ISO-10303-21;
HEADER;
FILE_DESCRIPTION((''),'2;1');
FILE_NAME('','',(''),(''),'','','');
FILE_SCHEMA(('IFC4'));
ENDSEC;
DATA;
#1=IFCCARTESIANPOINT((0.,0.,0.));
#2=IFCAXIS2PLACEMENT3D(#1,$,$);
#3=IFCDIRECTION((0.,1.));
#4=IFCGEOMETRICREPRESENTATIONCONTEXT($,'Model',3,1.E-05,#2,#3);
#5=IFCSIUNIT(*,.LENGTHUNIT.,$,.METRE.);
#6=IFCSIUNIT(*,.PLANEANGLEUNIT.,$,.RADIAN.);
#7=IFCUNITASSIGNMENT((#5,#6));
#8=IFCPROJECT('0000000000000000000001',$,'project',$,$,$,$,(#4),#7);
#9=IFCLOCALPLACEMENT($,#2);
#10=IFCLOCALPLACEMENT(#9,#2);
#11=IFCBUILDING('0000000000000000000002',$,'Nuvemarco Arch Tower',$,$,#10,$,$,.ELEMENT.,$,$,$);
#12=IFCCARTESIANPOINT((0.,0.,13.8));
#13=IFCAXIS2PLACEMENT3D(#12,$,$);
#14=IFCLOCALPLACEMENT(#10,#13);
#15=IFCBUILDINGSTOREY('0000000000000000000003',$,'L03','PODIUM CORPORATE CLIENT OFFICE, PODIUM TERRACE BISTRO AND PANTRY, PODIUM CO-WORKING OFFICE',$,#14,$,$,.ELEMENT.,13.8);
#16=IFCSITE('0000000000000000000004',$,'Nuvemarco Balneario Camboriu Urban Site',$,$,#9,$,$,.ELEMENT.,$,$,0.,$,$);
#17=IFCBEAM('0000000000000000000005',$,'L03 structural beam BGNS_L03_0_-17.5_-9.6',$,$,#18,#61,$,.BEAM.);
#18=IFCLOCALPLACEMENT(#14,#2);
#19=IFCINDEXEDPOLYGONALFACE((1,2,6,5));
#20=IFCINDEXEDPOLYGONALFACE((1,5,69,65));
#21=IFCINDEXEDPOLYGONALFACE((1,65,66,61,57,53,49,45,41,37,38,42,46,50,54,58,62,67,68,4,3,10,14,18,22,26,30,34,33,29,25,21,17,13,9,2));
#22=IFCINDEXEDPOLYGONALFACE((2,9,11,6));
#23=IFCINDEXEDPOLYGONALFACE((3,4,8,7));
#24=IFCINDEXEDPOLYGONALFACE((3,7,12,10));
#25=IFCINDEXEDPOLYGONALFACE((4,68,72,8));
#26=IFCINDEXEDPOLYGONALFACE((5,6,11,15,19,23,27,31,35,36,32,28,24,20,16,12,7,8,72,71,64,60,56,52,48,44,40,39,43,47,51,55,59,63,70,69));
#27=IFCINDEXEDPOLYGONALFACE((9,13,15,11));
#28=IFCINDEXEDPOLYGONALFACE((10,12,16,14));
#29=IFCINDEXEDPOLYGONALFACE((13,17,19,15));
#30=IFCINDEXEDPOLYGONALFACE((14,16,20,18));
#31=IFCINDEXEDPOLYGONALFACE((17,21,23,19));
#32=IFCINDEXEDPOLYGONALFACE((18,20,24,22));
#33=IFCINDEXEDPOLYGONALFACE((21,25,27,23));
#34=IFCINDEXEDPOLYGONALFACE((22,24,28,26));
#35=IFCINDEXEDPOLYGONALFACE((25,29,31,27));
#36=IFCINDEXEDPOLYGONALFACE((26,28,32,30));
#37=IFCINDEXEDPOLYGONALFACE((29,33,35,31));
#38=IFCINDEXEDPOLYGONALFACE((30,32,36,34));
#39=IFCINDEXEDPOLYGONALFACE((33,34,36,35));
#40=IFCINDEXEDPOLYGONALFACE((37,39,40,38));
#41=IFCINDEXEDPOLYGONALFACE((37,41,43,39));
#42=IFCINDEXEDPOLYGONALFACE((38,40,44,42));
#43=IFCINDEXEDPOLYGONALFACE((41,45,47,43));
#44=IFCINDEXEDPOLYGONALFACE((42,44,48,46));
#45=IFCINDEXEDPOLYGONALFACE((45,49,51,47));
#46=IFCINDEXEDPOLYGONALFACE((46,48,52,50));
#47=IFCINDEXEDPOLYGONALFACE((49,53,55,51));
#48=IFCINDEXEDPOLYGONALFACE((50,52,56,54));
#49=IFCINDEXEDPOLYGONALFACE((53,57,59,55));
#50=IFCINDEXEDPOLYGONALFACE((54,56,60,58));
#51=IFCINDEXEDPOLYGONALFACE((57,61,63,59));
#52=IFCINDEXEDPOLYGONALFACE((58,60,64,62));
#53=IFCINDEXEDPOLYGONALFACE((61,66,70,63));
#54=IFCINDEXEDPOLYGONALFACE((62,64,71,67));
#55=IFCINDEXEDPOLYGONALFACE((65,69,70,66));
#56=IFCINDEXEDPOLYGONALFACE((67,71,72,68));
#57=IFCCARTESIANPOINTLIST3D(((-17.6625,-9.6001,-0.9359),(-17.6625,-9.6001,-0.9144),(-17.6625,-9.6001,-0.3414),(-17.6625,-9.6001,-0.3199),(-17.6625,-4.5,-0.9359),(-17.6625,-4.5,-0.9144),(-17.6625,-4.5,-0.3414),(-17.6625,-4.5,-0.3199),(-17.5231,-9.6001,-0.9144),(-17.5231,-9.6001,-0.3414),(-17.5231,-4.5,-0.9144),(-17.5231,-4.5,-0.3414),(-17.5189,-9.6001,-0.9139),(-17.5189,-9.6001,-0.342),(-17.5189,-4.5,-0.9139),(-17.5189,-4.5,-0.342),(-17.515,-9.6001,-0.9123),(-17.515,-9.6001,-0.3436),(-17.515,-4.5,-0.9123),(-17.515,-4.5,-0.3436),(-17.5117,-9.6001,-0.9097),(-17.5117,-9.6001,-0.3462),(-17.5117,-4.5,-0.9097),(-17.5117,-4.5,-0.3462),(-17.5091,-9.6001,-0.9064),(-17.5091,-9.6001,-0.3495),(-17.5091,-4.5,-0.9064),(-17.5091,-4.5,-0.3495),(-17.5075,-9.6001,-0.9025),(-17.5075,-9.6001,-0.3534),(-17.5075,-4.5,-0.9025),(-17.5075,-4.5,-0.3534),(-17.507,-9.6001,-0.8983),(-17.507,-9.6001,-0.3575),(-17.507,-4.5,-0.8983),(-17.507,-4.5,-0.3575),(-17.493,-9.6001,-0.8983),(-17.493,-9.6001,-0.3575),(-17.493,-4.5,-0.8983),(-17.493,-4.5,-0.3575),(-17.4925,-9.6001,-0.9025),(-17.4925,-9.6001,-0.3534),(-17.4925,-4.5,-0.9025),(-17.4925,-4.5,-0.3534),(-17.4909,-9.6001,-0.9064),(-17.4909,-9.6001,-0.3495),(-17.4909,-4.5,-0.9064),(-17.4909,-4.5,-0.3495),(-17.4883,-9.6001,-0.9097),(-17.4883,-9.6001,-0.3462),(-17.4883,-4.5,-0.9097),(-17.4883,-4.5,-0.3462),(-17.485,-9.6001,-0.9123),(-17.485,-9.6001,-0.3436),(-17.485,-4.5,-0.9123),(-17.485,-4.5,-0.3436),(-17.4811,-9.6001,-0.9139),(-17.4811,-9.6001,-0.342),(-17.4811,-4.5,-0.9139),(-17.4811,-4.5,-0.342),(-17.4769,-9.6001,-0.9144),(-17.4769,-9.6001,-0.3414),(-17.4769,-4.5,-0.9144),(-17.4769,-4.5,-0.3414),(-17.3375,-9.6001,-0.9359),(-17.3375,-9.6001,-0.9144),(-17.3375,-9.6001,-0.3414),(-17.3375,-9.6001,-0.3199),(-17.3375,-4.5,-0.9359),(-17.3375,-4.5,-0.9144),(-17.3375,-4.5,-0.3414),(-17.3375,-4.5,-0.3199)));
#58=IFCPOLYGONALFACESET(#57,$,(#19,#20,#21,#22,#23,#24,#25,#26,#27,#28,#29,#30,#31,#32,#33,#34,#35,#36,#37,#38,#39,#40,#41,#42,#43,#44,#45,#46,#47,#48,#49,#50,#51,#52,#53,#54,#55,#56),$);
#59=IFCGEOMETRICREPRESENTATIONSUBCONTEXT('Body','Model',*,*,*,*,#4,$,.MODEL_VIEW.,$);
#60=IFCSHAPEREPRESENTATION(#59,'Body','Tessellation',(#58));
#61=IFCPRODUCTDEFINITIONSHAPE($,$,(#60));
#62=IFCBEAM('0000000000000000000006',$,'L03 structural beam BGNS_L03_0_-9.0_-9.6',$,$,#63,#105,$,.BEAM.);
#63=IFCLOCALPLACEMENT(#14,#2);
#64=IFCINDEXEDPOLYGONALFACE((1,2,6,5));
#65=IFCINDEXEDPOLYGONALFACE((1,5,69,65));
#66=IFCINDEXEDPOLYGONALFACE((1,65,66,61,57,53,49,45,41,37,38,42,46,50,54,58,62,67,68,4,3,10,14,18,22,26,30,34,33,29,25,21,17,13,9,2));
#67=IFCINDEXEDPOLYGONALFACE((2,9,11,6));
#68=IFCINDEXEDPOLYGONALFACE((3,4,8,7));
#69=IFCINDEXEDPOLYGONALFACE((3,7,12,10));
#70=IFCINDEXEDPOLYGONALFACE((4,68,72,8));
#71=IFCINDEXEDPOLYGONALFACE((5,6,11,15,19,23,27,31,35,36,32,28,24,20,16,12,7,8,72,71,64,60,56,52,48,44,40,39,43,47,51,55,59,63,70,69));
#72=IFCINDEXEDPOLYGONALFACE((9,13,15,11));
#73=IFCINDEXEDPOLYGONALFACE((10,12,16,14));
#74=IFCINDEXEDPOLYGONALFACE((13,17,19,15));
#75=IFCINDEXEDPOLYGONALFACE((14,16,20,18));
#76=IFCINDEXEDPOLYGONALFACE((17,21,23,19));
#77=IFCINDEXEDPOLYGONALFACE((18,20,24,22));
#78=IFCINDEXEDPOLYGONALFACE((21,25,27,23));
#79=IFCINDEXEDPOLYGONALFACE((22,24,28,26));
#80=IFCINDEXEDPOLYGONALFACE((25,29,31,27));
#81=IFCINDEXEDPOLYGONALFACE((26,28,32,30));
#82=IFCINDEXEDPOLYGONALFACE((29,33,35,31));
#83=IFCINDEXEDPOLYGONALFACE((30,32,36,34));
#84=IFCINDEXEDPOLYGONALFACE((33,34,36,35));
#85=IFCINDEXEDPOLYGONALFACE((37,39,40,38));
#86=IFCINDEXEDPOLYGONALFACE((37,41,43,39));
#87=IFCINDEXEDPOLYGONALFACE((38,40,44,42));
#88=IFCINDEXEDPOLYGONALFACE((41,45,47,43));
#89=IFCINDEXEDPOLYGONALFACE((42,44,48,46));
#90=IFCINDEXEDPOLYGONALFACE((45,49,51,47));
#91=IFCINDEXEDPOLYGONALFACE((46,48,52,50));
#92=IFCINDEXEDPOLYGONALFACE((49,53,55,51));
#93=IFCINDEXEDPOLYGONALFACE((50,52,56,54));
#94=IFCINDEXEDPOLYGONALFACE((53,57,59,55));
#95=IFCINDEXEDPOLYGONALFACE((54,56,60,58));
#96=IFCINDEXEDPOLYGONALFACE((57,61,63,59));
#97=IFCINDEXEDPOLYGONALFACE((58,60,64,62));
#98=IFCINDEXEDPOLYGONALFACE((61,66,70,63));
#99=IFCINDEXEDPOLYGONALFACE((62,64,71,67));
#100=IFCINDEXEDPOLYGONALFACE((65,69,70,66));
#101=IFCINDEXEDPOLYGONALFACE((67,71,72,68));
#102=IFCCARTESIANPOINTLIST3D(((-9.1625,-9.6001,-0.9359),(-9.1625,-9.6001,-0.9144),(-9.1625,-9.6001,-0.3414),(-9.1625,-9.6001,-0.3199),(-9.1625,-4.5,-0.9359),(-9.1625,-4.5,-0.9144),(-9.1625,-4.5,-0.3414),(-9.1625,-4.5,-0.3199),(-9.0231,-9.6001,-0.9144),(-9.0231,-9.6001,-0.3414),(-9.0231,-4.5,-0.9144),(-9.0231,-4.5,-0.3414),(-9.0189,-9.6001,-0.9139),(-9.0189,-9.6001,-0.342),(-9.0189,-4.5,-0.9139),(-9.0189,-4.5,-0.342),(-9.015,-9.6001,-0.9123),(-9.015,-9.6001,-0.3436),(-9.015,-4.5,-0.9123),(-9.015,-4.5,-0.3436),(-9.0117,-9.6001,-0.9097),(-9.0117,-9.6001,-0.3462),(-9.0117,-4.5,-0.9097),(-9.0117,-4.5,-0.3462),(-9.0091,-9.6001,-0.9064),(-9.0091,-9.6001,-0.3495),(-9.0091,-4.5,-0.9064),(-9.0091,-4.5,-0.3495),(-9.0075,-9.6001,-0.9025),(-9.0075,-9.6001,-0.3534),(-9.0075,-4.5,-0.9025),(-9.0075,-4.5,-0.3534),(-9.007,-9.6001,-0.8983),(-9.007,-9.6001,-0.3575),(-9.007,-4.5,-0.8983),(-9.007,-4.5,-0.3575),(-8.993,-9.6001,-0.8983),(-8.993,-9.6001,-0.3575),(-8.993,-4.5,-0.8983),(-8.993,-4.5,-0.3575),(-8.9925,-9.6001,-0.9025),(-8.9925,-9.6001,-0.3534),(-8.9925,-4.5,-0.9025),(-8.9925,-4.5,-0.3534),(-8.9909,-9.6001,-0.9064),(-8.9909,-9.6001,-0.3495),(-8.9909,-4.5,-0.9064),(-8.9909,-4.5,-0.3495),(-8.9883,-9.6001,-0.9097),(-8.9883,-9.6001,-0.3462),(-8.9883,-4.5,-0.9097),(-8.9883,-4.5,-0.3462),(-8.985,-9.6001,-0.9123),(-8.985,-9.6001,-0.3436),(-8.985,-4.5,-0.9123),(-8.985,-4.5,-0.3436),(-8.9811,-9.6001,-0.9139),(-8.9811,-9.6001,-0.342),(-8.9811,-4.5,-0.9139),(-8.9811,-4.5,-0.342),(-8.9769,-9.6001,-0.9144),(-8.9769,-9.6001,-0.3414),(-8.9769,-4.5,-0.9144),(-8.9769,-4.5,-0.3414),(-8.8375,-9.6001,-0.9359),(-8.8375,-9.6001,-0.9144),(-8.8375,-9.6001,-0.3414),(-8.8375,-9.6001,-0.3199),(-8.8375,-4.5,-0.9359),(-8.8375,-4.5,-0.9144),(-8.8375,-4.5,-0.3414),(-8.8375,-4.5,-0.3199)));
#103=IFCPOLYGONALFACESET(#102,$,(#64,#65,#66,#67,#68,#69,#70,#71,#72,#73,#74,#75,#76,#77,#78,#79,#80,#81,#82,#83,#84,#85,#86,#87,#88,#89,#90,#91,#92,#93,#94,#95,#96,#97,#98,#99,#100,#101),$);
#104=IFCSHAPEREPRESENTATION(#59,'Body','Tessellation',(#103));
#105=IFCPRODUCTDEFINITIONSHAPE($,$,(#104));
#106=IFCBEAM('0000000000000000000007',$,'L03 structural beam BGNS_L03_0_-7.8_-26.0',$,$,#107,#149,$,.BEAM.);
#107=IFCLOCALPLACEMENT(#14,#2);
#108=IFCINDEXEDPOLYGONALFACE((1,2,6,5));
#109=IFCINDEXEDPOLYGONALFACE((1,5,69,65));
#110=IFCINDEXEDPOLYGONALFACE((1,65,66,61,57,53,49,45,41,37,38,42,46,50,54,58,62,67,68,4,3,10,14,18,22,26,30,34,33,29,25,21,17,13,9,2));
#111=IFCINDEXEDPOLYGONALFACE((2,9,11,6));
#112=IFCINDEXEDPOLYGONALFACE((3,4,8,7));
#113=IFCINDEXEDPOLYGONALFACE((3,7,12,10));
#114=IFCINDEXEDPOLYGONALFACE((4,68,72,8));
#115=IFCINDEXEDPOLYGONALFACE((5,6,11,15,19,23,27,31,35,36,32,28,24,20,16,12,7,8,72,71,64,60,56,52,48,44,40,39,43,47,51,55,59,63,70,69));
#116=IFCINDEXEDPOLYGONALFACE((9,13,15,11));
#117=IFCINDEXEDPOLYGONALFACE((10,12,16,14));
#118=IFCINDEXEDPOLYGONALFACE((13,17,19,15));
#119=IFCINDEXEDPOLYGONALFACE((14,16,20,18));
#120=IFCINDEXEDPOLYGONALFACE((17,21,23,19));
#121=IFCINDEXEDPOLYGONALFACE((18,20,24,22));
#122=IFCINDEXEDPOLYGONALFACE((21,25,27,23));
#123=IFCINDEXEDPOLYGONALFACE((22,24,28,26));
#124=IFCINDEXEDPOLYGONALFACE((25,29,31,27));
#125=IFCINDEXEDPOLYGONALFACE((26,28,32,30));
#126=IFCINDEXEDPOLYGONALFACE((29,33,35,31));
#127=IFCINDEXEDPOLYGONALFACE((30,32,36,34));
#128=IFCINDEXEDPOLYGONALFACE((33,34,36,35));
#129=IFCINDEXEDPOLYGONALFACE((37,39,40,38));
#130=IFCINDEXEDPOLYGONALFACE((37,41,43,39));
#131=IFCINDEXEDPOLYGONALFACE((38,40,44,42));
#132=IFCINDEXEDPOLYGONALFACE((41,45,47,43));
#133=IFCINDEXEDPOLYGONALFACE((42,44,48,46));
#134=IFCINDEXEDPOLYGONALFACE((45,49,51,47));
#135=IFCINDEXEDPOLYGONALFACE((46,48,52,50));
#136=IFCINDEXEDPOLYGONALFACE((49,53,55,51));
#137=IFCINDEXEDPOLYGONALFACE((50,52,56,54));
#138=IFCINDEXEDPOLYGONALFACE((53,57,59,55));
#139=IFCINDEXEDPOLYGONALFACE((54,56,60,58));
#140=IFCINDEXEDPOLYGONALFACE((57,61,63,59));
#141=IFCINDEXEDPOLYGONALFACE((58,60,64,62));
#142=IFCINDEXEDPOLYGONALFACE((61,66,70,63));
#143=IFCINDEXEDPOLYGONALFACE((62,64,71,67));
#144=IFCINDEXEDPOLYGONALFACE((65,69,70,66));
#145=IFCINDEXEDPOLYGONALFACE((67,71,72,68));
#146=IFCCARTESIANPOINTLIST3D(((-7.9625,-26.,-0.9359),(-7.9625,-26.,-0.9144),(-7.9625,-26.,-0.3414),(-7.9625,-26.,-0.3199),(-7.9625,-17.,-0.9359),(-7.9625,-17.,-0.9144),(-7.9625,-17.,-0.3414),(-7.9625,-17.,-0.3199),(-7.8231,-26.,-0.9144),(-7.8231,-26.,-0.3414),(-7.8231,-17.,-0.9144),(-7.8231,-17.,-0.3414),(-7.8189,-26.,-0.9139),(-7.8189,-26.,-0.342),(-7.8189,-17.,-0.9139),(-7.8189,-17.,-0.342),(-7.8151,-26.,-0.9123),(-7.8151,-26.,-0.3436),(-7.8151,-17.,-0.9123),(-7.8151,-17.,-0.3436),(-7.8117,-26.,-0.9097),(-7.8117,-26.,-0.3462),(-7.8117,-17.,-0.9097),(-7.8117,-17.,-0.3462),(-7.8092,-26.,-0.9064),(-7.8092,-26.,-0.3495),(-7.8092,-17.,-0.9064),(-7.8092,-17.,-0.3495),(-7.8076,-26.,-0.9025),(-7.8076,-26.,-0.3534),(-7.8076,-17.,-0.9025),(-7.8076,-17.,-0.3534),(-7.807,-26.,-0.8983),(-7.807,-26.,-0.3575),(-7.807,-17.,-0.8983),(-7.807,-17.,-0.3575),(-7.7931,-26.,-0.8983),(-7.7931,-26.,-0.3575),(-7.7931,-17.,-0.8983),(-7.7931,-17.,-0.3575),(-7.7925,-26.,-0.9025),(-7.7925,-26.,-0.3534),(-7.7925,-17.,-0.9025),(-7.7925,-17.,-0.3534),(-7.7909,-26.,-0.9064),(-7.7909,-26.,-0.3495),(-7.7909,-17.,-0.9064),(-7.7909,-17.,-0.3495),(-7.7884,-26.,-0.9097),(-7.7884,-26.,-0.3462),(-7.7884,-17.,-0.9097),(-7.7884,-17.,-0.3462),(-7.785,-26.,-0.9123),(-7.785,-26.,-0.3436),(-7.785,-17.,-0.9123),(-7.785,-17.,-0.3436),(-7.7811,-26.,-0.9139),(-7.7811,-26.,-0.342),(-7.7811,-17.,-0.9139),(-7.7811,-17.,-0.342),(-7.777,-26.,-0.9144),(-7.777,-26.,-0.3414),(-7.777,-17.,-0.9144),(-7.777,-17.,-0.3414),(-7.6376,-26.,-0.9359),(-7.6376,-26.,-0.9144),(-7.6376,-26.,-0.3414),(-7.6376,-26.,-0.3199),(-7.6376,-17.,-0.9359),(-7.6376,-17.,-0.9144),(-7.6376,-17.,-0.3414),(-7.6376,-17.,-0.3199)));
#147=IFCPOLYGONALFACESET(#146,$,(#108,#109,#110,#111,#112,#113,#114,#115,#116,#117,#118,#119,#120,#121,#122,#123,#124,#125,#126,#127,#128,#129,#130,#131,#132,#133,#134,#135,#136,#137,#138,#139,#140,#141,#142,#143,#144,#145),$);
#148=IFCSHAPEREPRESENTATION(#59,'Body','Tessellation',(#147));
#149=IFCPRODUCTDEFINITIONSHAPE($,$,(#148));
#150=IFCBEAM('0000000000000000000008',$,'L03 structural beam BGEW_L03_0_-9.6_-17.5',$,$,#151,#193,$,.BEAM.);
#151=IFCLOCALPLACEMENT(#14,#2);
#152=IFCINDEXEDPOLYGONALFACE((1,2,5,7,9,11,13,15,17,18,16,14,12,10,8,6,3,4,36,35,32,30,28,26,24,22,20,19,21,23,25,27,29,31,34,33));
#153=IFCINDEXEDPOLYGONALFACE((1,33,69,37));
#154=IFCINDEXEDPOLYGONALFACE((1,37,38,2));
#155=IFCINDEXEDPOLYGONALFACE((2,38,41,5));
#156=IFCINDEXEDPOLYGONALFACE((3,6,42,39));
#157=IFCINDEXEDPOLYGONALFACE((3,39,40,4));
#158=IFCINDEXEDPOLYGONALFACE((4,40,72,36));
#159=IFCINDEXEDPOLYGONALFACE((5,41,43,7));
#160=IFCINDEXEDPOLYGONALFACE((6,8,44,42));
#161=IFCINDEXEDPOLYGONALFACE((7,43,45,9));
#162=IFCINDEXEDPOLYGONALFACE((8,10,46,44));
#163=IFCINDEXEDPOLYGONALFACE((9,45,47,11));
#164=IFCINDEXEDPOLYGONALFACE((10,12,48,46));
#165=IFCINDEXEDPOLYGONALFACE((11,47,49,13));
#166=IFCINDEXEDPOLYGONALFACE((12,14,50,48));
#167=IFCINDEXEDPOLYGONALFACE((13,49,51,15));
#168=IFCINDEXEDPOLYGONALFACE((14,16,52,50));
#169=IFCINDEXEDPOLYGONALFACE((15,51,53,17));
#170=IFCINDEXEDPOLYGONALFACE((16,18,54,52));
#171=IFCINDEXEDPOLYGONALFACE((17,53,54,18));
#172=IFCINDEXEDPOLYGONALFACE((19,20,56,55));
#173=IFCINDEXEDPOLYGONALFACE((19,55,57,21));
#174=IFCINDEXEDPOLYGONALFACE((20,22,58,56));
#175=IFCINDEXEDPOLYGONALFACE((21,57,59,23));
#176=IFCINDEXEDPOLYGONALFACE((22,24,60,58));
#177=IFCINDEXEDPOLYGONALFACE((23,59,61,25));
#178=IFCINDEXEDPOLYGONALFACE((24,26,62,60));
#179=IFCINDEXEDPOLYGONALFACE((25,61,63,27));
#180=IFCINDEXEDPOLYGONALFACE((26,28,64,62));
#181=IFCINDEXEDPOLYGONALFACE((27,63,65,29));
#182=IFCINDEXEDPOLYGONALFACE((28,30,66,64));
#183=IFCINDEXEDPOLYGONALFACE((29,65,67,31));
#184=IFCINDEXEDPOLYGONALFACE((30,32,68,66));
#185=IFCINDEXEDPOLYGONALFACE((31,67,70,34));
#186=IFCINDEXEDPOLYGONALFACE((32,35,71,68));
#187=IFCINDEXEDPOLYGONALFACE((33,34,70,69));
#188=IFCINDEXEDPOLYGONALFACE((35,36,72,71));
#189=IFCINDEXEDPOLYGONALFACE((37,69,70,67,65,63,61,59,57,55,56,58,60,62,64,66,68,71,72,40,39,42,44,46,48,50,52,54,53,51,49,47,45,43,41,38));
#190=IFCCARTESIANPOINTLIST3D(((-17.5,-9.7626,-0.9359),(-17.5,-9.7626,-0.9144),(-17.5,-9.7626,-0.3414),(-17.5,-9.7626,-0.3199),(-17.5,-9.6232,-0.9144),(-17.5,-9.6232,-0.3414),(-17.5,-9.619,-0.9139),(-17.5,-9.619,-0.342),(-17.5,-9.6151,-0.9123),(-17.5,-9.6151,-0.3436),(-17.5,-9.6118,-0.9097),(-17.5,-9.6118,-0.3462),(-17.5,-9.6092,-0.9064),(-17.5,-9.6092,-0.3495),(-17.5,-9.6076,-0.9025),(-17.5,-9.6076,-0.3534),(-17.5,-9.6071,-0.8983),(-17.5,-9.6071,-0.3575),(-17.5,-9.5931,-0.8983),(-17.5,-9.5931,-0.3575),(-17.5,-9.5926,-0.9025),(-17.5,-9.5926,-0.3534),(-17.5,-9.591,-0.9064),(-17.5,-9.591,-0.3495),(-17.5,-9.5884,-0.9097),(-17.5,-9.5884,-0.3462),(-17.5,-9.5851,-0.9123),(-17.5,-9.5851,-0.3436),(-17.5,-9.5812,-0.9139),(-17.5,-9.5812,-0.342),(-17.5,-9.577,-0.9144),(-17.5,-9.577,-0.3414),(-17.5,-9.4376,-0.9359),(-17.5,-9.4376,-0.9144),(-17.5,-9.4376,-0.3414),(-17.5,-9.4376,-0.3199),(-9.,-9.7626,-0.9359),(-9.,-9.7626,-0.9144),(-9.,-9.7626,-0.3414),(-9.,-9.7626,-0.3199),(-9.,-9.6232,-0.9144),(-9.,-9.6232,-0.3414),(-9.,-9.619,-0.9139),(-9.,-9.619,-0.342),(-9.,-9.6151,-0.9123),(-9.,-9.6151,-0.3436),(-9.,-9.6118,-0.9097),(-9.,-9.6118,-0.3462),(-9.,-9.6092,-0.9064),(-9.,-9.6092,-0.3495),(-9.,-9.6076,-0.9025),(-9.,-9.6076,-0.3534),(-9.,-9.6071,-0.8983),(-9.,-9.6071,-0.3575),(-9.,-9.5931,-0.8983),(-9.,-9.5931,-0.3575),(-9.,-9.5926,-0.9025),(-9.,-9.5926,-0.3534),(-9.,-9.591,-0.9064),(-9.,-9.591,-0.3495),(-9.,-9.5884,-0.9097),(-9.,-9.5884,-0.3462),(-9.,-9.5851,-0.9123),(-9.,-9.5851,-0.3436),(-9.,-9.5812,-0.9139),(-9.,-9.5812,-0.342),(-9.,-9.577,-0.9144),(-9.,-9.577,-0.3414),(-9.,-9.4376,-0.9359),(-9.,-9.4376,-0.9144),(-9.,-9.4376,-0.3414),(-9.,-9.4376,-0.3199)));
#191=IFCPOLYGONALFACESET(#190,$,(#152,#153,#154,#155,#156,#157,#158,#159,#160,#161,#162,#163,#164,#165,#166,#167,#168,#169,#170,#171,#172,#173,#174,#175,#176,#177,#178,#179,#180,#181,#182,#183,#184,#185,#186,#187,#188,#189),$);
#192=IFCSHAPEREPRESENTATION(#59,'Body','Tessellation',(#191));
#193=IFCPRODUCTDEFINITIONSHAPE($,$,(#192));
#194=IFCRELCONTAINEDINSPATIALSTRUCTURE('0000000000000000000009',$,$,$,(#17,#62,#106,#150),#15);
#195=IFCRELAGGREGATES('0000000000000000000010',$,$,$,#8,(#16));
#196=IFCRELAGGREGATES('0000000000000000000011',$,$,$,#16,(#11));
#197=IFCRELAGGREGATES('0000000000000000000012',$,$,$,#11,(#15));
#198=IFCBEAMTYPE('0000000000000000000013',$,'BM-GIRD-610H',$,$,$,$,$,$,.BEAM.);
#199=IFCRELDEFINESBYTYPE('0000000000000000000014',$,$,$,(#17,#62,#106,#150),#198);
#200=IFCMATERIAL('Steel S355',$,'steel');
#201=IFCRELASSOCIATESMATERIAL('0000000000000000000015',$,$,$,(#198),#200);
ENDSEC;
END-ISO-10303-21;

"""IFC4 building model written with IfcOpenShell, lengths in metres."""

from ifc_helpers import new_model, si_unit, direction, frame, origin, origin_2d, place, context, subcontext, project, spatial, i_section, extrude, material, material_profile, profile_set, type_object, element, save


model = new_model("IFC4")

# Units and contexts
model_context = context("Model", 3, precision=1e-05, world=origin(), true_north=direction((0.0, 1.0)))
body_context = subcontext(model_context, "Body", "Model", "MODEL_VIEW")
ifc_project = project(units=[si_unit("LENGTHUNIT", "METRE"), si_unit("PLANEANGLEUNIT", "RADIAN")], contexts=[model_context])

# Site, building, storey
site_placement = place(None, origin())
site = spatial("IfcSite", under=ifc_project, at=site_placement, Name="Nuvemarco Balneario Camboriu Urban Site", CompositionType="ELEMENT", RefElevation=0.0)
building_placement = place(site_placement, origin())
building = spatial("IfcBuilding", under=site, at=building_placement, Name="Nuvemarco Arch Tower", CompositionType="ELEMENT")
storey_placement = place(building_placement, frame((0.0, 0.0, 13.8)))
storey = spatial("IfcBuildingStorey", under=building, at=storey_placement, Name="L03", Description="PODIUM CORPORATE CLIENT OFFICE, PODIUM TERRACE BISTRO AND PANTRY, PODIUM CO-WORKING OFFICE", CompositionType="ELEMENT", Elevation=13.8)

# Beams
ifc_material_1 = material(Name="Steel S355", Category="steel")
ifc_material_profile_1 = material_profile(ifc_material_1, i_section(OverallWidth=0.325, OverallDepth=0.616, WebThickness=0.0139, FlangeThickness=0.0215, FilletRadius=0.0161, at=origin_2d()), Name="W610x174")
ifc_profile_set_1 = profile_set([ifc_material_profile_1], Name="Steel S355")
beam_type_1 = type_object("IfcBeamType", Name="BM-GIRD-610H", PredefinedType="BEAM", material=ifc_profile_set_1)
for number, where, z_axis, x_axis, name in (
    (1, (-17.5, -9.6001, -0.6279), (0.0, 1.0, 0.0), (-1.0, 0.0, 0.0), "L03 structural beam BGNS_L03_0_-17.5_-9.6"),
    (2, (-9.0, -9.6001, -0.6279), (0.0, 1.0, 0.0), (-1.0, 0.0, 0.0), "L03 structural beam BGNS_L03_0_-9.0_-9.6"),
):
    element("IfcBeam", number, at=place(storey_placement, frame(where, z_axis=z_axis, x_axis=x_axis)), inside=storey, type_object=beam_type_1, Name=name, PredefinedType="BEAM", context=body_context, shape_type="SweptSolid", body=[
        extrude(i_section(OverallWidth=0.325, OverallDepth=0.616, WebThickness=0.0139, FlangeThickness=0.0215, FilletRadius=0.0161, at=origin_2d()), origin(), (0.0, 0.0, 1.0), 5.1001),
    ])
beam_1_placement = place(storey_placement, frame((-7.8, -26.0, -0.6279), z_axis=(0.0, 1.0, 0.0), x_axis=(-1.0, 0.0, 0.0)))
element("IfcBeam", 3, at=beam_1_placement, inside=storey, type_object=beam_type_1, Name="L03 structural beam BGNS_L03_0_-7.8_-26.0", PredefinedType="BEAM", context=body_context, shape_type="SweptSolid", body=[
    extrude(i_section(OverallWidth=0.325, OverallDepth=0.616, WebThickness=0.0139, FlangeThickness=0.0215, FilletRadius=0.0161, at=origin_2d()), origin(), (0.0, 0.0, 1.0), 9.0),
])
beam_2_placement = place(storey_placement, frame((-17.5, -9.6001, -0.6279), z_axis=(1.0, 0.0, 0.0), x_axis=(0.0, 1.0, 0.0)))
element("IfcBeam", 4, at=beam_2_placement, inside=storey, type_object=beam_type_1, Name="L03 structural beam BGEW_L03_0_-9.6_-17.5", PredefinedType="BEAM", context=body_context, shape_type="SweptSolid", body=[
    extrude(i_section(OverallWidth=0.325, OverallDepth=0.616, WebThickness=0.0139, FlangeThickness=0.0215, FilletRadius=0.0161, at=origin_2d()), origin(), (0.0, 0.0, 1.0), 8.5),
])

save(model, "model.ifc")
